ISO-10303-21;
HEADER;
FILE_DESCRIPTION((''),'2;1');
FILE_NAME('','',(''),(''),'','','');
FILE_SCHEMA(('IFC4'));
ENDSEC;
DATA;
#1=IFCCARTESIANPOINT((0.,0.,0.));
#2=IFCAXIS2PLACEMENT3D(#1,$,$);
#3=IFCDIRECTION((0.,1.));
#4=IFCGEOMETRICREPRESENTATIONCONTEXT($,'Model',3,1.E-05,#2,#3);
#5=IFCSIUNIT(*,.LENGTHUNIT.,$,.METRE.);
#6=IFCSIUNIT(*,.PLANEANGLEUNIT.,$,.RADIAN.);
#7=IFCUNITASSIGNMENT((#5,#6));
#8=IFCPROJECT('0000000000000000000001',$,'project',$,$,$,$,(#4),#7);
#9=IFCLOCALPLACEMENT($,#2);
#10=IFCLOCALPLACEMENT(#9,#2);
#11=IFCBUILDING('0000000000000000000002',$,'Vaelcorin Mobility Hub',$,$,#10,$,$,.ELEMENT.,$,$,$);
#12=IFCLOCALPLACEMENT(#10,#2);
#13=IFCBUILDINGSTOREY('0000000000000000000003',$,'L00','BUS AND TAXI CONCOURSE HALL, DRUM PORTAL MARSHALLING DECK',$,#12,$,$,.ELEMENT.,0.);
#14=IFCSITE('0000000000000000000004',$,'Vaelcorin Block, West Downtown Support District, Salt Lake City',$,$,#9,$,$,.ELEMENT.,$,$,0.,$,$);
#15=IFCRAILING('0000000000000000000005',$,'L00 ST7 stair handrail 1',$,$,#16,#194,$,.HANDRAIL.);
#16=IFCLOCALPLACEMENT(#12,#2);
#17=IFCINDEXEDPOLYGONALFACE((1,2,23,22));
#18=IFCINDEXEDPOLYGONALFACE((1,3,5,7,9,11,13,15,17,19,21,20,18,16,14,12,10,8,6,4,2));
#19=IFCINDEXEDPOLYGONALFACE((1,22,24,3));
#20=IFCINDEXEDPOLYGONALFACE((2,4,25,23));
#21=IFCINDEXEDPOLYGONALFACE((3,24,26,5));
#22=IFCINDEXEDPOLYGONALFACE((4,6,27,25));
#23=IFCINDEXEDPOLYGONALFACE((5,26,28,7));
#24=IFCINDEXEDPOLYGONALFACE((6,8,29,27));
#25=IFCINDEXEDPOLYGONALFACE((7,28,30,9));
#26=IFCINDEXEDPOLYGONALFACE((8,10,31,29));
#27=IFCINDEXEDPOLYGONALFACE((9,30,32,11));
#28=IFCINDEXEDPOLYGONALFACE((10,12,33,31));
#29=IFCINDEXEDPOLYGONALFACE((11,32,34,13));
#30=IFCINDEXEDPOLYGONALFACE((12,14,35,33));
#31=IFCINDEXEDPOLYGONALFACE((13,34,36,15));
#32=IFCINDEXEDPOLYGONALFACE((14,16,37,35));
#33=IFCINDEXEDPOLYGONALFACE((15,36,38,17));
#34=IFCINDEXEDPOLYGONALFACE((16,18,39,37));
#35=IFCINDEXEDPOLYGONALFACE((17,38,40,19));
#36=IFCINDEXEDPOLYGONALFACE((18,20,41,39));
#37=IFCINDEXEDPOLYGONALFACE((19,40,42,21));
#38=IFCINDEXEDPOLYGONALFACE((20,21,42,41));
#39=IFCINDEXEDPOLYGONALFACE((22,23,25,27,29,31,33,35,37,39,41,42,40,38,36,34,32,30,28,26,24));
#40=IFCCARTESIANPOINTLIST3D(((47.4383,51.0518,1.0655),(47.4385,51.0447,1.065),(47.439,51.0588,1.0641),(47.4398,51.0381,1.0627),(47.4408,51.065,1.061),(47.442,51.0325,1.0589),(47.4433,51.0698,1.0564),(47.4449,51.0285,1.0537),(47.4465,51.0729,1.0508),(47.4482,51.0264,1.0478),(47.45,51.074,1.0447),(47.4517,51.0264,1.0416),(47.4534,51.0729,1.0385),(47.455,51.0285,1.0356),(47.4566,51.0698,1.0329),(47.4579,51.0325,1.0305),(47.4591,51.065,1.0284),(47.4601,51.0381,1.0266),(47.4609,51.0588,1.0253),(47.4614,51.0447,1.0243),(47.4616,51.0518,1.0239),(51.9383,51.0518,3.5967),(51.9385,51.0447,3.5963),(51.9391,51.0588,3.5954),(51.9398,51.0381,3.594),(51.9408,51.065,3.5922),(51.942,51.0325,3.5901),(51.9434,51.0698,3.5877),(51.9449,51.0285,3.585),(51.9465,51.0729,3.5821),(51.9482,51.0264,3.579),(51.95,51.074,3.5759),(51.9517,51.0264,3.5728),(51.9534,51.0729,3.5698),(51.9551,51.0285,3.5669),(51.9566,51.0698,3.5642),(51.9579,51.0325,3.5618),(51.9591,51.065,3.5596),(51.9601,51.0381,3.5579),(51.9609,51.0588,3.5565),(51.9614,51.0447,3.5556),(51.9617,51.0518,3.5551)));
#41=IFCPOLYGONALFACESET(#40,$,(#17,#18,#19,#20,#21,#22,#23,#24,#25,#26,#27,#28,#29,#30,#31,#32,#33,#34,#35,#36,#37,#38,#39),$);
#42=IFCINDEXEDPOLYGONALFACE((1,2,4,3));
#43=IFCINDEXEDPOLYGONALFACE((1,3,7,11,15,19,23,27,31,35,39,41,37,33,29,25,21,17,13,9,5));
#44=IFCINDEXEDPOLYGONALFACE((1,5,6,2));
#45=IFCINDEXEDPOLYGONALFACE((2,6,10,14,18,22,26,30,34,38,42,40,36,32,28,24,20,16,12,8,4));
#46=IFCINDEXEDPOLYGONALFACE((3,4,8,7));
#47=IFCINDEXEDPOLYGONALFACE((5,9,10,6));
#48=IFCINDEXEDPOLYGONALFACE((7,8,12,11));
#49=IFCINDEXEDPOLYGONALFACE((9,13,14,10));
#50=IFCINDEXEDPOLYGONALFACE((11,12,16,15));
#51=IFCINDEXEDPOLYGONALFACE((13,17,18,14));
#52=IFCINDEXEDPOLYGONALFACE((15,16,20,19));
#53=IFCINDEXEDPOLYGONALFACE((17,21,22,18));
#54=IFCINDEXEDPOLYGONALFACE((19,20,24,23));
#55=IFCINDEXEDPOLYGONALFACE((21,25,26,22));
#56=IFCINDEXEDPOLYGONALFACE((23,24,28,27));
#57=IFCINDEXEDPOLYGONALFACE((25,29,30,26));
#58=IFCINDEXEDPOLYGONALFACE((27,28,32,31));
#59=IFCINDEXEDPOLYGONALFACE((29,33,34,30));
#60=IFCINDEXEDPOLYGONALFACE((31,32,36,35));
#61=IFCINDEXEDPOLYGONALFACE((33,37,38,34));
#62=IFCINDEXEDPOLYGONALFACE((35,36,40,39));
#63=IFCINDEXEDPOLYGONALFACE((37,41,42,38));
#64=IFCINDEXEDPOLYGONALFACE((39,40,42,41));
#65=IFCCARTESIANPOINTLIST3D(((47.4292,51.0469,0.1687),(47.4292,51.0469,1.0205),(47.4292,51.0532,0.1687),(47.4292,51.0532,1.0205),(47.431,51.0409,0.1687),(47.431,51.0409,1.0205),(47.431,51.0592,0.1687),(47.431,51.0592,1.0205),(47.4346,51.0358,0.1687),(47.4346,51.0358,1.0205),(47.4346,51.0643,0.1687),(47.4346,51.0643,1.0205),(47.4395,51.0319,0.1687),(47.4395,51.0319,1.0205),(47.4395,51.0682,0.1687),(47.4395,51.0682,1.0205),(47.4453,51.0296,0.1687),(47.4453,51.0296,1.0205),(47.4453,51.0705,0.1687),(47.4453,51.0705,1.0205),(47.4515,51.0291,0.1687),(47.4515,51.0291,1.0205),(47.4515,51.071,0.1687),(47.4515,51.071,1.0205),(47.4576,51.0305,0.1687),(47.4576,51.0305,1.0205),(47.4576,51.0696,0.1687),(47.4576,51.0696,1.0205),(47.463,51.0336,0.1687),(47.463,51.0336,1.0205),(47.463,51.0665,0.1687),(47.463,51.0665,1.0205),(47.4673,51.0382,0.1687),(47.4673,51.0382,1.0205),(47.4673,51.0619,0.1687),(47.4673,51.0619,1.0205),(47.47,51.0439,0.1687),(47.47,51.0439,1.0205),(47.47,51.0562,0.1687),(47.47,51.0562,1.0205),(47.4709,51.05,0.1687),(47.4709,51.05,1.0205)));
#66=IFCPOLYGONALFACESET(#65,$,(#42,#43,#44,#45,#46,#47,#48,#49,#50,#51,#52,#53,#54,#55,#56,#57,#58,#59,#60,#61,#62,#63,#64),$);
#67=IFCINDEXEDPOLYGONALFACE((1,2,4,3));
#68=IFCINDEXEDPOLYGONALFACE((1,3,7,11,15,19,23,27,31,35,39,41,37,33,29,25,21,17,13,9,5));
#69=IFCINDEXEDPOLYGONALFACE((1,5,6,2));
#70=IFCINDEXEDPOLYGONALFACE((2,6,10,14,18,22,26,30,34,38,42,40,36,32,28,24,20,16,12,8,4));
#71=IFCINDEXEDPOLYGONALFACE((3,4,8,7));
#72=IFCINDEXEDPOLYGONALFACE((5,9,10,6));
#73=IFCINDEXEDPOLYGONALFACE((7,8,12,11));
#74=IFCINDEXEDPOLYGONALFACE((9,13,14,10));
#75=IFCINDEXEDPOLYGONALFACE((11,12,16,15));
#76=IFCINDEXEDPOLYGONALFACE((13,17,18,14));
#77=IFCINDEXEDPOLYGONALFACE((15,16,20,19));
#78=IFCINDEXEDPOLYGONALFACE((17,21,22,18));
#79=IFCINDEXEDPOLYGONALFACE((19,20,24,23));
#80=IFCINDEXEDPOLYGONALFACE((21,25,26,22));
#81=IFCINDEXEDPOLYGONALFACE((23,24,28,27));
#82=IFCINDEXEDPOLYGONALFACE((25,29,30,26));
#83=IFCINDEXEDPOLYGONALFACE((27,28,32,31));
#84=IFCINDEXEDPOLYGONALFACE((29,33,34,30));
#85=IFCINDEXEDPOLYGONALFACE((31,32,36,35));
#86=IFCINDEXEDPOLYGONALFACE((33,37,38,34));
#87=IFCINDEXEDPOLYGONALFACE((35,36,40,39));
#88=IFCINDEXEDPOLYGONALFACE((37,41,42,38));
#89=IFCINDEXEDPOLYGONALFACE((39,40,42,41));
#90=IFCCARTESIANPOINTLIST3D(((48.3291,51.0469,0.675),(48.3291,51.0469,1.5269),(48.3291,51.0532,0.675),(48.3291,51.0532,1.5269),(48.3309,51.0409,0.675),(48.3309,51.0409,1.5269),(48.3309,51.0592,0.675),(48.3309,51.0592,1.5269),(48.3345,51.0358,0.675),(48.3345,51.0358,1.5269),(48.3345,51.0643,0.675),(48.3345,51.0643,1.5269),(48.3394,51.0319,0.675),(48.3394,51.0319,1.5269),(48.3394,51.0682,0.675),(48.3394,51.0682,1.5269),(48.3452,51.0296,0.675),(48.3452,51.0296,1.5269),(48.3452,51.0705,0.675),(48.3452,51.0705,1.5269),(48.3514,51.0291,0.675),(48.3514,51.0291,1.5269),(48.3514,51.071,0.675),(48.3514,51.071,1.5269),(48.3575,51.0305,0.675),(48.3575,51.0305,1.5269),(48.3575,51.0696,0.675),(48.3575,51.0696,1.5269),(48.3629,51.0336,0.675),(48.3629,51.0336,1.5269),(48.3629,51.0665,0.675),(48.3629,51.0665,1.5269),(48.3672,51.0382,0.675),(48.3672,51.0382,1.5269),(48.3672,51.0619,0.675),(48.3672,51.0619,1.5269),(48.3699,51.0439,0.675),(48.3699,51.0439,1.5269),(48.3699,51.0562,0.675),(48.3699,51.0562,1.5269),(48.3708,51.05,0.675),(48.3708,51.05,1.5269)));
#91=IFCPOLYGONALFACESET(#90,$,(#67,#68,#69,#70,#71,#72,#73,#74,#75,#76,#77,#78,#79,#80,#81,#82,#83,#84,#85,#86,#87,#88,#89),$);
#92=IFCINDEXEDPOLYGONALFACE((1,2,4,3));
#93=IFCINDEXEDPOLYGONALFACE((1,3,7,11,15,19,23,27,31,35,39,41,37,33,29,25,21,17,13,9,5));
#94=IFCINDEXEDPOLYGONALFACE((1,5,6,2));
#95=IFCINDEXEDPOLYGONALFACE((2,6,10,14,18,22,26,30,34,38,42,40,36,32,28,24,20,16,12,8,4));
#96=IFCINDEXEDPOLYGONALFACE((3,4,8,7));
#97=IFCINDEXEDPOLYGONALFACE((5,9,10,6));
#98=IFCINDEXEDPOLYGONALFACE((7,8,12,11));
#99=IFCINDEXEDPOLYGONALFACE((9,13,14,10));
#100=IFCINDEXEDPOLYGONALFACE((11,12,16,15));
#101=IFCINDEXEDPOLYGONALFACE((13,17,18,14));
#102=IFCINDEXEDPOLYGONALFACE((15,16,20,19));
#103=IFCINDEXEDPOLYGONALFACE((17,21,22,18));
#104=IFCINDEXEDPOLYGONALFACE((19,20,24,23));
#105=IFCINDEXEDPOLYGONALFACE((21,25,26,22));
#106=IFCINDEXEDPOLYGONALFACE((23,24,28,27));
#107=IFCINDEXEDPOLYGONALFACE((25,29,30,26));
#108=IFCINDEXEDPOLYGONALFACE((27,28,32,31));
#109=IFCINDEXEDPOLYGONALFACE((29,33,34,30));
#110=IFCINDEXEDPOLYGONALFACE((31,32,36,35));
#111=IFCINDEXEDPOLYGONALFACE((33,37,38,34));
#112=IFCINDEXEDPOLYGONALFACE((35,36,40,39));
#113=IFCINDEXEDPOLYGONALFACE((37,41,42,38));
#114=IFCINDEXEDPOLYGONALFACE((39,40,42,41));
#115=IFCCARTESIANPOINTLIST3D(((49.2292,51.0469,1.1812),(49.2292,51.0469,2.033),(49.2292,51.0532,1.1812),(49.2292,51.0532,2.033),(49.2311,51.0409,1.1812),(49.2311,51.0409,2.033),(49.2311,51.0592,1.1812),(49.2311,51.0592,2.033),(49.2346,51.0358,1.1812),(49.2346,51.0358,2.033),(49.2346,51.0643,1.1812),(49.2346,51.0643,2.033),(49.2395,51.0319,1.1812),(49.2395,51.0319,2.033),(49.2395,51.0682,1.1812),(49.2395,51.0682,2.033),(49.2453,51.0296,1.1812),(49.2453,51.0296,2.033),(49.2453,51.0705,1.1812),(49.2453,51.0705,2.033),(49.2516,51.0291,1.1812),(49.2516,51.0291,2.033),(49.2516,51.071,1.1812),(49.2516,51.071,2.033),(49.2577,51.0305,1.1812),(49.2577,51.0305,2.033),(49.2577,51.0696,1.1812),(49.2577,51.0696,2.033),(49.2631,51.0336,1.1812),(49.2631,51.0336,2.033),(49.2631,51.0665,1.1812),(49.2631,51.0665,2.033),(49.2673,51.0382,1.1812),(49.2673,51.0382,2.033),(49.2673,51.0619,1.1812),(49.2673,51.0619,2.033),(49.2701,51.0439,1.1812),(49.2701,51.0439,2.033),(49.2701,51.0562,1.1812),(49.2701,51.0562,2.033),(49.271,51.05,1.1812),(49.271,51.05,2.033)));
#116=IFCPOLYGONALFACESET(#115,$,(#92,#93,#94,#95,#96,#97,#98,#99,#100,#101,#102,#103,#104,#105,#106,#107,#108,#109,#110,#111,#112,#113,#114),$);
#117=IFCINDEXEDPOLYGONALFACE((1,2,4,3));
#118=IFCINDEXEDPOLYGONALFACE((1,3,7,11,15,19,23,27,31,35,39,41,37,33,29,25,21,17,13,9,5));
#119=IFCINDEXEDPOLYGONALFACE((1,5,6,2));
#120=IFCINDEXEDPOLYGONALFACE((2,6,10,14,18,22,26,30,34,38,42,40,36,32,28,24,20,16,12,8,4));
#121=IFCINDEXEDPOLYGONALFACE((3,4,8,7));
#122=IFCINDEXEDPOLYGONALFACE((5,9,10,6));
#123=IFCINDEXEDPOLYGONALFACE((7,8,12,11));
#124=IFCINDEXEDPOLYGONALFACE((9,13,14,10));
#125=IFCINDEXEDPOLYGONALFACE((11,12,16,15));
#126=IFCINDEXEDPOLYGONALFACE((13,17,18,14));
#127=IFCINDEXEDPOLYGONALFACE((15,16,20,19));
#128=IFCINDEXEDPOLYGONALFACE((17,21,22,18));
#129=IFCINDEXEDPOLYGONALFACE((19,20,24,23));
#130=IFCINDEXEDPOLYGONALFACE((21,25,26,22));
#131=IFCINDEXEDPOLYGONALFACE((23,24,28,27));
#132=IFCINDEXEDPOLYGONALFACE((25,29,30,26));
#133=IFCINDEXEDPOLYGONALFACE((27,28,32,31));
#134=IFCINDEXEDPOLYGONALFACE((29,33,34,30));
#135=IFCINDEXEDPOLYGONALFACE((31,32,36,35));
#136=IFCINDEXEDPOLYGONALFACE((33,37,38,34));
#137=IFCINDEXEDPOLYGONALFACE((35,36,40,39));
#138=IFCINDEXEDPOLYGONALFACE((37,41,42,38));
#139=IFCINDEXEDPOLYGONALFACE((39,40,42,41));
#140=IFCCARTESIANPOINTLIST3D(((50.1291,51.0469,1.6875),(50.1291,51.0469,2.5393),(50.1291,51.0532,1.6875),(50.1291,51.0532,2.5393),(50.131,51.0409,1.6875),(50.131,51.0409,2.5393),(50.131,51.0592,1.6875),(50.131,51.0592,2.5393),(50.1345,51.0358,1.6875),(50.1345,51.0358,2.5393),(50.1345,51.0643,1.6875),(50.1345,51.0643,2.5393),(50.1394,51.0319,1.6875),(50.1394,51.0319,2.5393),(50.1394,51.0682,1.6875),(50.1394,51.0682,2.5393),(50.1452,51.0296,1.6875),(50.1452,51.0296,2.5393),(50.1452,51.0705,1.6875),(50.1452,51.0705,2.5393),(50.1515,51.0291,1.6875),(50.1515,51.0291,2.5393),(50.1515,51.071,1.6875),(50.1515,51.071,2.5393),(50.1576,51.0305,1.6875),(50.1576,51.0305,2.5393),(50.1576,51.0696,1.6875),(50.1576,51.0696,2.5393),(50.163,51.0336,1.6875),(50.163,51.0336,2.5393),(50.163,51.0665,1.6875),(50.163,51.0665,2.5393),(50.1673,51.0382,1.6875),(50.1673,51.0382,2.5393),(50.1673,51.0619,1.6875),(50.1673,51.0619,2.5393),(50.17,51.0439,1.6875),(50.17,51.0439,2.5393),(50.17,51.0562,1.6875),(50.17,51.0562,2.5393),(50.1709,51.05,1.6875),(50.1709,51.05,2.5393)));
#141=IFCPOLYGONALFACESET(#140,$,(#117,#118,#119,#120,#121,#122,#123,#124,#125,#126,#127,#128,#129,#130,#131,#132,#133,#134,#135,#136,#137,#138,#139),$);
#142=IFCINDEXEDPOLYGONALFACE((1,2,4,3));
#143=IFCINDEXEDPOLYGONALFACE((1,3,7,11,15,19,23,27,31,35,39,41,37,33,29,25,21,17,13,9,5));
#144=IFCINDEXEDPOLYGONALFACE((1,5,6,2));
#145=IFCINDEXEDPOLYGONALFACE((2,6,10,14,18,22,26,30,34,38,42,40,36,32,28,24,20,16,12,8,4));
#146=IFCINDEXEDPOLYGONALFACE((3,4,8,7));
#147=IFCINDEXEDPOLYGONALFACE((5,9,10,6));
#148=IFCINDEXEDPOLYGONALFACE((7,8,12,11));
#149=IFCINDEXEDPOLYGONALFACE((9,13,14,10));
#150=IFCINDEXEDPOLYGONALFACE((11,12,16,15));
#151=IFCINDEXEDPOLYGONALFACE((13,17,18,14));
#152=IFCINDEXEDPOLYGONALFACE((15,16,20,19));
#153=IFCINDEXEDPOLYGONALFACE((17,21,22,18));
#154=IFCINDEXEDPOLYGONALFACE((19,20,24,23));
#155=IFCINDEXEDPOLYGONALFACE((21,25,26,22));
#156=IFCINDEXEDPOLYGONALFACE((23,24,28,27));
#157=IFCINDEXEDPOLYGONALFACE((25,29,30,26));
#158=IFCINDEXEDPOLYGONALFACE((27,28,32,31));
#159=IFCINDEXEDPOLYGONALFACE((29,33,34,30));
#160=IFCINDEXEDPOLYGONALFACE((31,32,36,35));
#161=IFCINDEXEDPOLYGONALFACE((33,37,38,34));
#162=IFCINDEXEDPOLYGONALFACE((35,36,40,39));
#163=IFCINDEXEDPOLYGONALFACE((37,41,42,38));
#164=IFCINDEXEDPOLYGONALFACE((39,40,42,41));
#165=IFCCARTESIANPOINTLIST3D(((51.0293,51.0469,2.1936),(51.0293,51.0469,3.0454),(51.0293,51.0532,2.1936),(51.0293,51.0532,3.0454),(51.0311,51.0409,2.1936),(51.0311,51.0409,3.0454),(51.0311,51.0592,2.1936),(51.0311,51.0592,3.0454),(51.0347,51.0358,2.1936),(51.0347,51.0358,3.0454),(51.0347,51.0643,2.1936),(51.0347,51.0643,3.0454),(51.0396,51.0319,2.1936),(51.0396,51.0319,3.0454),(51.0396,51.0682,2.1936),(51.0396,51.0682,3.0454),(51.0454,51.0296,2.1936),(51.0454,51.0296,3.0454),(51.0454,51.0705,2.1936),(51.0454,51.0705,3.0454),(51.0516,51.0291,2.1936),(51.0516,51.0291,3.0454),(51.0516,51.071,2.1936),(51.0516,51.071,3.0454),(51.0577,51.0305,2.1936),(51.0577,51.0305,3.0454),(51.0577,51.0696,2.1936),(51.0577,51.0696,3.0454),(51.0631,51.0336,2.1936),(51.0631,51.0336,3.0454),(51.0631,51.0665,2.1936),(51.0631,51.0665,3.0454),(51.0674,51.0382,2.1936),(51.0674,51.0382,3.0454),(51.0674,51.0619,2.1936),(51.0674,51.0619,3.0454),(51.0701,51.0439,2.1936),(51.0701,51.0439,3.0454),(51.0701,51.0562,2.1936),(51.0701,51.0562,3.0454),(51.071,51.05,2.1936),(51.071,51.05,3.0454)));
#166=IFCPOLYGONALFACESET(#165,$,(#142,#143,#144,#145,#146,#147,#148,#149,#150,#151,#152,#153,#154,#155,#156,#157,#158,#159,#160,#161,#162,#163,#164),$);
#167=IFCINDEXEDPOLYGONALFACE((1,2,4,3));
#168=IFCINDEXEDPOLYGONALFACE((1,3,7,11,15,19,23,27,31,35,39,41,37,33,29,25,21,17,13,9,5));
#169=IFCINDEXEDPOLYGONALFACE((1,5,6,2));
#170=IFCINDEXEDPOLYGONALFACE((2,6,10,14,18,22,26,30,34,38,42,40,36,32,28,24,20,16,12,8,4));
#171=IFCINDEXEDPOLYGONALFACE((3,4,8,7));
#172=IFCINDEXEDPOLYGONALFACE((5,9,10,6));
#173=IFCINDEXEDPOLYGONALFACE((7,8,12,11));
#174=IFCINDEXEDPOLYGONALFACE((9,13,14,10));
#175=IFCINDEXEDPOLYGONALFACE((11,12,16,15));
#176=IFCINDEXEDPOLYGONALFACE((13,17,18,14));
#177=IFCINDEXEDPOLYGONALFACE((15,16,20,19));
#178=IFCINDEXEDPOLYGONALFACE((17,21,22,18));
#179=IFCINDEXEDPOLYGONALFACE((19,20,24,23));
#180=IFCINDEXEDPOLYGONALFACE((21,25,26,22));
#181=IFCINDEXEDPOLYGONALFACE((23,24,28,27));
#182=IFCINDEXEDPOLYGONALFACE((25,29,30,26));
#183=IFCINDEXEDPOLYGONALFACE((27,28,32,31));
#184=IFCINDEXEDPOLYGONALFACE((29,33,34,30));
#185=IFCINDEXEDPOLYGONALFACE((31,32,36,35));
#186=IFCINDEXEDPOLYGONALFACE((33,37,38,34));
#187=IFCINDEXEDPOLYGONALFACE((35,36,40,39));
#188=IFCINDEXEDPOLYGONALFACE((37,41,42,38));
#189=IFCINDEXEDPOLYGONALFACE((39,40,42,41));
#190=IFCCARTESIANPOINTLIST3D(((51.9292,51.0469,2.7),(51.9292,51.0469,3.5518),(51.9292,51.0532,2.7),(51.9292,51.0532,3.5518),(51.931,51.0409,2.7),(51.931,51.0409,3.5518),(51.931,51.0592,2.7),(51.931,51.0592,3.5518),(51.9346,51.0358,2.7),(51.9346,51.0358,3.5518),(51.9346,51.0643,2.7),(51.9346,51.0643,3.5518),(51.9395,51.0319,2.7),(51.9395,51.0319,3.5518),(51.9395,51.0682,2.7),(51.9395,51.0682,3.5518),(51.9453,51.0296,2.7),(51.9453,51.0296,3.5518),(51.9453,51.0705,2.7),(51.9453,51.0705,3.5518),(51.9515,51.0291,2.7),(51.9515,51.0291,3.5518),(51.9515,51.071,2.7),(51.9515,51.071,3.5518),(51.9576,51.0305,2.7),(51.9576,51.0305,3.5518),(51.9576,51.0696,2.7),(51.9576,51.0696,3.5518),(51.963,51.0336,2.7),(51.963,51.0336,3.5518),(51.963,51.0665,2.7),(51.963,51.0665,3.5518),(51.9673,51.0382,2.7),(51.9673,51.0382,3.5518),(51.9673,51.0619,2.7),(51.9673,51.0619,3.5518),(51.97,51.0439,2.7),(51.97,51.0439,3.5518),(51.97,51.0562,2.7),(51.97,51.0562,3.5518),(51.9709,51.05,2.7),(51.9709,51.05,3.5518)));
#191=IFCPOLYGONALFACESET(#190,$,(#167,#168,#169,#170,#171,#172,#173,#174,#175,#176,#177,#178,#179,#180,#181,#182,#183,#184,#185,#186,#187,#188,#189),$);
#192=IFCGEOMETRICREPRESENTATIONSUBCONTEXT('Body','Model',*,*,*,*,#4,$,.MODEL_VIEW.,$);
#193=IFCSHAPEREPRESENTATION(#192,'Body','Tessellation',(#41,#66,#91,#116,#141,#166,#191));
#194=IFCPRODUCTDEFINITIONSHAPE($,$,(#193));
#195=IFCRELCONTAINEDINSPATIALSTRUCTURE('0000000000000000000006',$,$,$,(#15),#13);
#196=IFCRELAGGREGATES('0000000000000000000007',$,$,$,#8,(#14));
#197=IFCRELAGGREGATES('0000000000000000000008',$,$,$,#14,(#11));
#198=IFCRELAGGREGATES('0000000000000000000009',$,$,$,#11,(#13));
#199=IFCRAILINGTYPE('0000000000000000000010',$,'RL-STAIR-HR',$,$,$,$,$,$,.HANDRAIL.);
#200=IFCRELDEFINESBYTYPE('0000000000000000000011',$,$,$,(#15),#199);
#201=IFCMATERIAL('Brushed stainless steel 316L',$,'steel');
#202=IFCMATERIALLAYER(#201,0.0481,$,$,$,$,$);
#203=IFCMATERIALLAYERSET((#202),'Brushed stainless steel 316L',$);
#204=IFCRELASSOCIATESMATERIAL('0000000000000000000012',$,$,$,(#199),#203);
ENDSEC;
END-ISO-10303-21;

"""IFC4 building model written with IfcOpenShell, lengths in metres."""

from ifc_helpers import new_model, si_unit, direction, frame, origin, origin_2d, place, context, subcontext, project, spatial, circle, extrude, material, layer, layer_set, type_object, element, save


model = new_model("IFC4")

# Units and contexts
model_context = context("Model", 3, precision=1e-05, world=origin(), true_north=direction((0.0, 1.0)))
body_context = subcontext(model_context, "Body", "Model", "MODEL_VIEW")
ifc_project = project(units=[si_unit("LENGTHUNIT", "METRE"), si_unit("PLANEANGLEUNIT", "RADIAN")], contexts=[model_context])

# Site, building, storey
site_placement = place(None, origin())
site = spatial("IfcSite", under=ifc_project, at=site_placement, Name="Vaelcorin Block, West Downtown Support District, Salt Lake City", CompositionType="ELEMENT", RefElevation=0.0)
building_placement = place(site_placement, origin())
building = spatial("IfcBuilding", under=site, at=building_placement, Name="Vaelcorin Mobility Hub", CompositionType="ELEMENT")
storey_placement = place(building_placement, origin())
storey = spatial("IfcBuildingStorey", under=building, at=storey_placement, Name="L00", Description="BUS AND TAXI CONCOURSE HALL, DRUM PORTAL MARSHALLING DECK", CompositionType="ELEMENT", Elevation=0.0)

# Railing
ifc_material_1 = material(Name="Brushed stainless steel 316L", Category="steel")
ifc_layer_1 = layer(ifc_material_1, 0.0481)
ifc_layer_set_1 = layer_set([ifc_layer_1], Name="Brushed stainless steel 316L")
railing_type_1 = type_object("IfcRailingType", Name="RL-STAIR-HR", PredefinedType="HANDRAIL", material=ifc_layer_set_1)
railing_1_placement = place(storey_placement, frame((47.45, 51.05, 0.1687)))
element("IfcRailing", 1, at=railing_1_placement, inside=storey, type_object=railing_type_1, Name="L00 ST7 stair handrail 1", PredefinedType="HANDRAIL", context=body_context, shape_type="SweptSolid", body=[
    extrude(circle(Radius=0.0239, at=origin_2d()), frame((0.0, 0.0, 0.876), z_axis=(0.871576, 0.0, 0.490261), x_axis=(0.0, 1.0, 0.0)), (0.0, 0.0, 1.0), 5.1631),
    extrude(circle(Radius=0.021, at=origin_2d()), origin(), (0.0, 0.0, 1.0), 0.8518),
    extrude(circle(Radius=0.021, at=origin_2d()), frame((0.8999, 0.0, 0.5063)), (0.0, 0.0, 1.0), 0.8518),
    extrude(circle(Radius=0.021, at=origin_2d()), frame((1.8, 0.0, 1.0125)), (0.0, 0.0, 1.0), 0.8518),
    extrude(circle(Radius=0.021, at=origin_2d()), frame((2.7, 0.0, 1.5188)), (0.0, 0.0, 1.0), 0.8518),
    extrude(circle(Radius=0.021, at=origin_2d()), frame((3.6001, 0.0, 2.0249)), (0.0, 0.0, 1.0), 0.8518),
    extrude(circle(Radius=0.021, at=origin_2d()), frame((4.5, 0.0, 2.5312)), (0.0, 0.0, 1.0), 0.8518),
])

save(model, "model.ifc")
